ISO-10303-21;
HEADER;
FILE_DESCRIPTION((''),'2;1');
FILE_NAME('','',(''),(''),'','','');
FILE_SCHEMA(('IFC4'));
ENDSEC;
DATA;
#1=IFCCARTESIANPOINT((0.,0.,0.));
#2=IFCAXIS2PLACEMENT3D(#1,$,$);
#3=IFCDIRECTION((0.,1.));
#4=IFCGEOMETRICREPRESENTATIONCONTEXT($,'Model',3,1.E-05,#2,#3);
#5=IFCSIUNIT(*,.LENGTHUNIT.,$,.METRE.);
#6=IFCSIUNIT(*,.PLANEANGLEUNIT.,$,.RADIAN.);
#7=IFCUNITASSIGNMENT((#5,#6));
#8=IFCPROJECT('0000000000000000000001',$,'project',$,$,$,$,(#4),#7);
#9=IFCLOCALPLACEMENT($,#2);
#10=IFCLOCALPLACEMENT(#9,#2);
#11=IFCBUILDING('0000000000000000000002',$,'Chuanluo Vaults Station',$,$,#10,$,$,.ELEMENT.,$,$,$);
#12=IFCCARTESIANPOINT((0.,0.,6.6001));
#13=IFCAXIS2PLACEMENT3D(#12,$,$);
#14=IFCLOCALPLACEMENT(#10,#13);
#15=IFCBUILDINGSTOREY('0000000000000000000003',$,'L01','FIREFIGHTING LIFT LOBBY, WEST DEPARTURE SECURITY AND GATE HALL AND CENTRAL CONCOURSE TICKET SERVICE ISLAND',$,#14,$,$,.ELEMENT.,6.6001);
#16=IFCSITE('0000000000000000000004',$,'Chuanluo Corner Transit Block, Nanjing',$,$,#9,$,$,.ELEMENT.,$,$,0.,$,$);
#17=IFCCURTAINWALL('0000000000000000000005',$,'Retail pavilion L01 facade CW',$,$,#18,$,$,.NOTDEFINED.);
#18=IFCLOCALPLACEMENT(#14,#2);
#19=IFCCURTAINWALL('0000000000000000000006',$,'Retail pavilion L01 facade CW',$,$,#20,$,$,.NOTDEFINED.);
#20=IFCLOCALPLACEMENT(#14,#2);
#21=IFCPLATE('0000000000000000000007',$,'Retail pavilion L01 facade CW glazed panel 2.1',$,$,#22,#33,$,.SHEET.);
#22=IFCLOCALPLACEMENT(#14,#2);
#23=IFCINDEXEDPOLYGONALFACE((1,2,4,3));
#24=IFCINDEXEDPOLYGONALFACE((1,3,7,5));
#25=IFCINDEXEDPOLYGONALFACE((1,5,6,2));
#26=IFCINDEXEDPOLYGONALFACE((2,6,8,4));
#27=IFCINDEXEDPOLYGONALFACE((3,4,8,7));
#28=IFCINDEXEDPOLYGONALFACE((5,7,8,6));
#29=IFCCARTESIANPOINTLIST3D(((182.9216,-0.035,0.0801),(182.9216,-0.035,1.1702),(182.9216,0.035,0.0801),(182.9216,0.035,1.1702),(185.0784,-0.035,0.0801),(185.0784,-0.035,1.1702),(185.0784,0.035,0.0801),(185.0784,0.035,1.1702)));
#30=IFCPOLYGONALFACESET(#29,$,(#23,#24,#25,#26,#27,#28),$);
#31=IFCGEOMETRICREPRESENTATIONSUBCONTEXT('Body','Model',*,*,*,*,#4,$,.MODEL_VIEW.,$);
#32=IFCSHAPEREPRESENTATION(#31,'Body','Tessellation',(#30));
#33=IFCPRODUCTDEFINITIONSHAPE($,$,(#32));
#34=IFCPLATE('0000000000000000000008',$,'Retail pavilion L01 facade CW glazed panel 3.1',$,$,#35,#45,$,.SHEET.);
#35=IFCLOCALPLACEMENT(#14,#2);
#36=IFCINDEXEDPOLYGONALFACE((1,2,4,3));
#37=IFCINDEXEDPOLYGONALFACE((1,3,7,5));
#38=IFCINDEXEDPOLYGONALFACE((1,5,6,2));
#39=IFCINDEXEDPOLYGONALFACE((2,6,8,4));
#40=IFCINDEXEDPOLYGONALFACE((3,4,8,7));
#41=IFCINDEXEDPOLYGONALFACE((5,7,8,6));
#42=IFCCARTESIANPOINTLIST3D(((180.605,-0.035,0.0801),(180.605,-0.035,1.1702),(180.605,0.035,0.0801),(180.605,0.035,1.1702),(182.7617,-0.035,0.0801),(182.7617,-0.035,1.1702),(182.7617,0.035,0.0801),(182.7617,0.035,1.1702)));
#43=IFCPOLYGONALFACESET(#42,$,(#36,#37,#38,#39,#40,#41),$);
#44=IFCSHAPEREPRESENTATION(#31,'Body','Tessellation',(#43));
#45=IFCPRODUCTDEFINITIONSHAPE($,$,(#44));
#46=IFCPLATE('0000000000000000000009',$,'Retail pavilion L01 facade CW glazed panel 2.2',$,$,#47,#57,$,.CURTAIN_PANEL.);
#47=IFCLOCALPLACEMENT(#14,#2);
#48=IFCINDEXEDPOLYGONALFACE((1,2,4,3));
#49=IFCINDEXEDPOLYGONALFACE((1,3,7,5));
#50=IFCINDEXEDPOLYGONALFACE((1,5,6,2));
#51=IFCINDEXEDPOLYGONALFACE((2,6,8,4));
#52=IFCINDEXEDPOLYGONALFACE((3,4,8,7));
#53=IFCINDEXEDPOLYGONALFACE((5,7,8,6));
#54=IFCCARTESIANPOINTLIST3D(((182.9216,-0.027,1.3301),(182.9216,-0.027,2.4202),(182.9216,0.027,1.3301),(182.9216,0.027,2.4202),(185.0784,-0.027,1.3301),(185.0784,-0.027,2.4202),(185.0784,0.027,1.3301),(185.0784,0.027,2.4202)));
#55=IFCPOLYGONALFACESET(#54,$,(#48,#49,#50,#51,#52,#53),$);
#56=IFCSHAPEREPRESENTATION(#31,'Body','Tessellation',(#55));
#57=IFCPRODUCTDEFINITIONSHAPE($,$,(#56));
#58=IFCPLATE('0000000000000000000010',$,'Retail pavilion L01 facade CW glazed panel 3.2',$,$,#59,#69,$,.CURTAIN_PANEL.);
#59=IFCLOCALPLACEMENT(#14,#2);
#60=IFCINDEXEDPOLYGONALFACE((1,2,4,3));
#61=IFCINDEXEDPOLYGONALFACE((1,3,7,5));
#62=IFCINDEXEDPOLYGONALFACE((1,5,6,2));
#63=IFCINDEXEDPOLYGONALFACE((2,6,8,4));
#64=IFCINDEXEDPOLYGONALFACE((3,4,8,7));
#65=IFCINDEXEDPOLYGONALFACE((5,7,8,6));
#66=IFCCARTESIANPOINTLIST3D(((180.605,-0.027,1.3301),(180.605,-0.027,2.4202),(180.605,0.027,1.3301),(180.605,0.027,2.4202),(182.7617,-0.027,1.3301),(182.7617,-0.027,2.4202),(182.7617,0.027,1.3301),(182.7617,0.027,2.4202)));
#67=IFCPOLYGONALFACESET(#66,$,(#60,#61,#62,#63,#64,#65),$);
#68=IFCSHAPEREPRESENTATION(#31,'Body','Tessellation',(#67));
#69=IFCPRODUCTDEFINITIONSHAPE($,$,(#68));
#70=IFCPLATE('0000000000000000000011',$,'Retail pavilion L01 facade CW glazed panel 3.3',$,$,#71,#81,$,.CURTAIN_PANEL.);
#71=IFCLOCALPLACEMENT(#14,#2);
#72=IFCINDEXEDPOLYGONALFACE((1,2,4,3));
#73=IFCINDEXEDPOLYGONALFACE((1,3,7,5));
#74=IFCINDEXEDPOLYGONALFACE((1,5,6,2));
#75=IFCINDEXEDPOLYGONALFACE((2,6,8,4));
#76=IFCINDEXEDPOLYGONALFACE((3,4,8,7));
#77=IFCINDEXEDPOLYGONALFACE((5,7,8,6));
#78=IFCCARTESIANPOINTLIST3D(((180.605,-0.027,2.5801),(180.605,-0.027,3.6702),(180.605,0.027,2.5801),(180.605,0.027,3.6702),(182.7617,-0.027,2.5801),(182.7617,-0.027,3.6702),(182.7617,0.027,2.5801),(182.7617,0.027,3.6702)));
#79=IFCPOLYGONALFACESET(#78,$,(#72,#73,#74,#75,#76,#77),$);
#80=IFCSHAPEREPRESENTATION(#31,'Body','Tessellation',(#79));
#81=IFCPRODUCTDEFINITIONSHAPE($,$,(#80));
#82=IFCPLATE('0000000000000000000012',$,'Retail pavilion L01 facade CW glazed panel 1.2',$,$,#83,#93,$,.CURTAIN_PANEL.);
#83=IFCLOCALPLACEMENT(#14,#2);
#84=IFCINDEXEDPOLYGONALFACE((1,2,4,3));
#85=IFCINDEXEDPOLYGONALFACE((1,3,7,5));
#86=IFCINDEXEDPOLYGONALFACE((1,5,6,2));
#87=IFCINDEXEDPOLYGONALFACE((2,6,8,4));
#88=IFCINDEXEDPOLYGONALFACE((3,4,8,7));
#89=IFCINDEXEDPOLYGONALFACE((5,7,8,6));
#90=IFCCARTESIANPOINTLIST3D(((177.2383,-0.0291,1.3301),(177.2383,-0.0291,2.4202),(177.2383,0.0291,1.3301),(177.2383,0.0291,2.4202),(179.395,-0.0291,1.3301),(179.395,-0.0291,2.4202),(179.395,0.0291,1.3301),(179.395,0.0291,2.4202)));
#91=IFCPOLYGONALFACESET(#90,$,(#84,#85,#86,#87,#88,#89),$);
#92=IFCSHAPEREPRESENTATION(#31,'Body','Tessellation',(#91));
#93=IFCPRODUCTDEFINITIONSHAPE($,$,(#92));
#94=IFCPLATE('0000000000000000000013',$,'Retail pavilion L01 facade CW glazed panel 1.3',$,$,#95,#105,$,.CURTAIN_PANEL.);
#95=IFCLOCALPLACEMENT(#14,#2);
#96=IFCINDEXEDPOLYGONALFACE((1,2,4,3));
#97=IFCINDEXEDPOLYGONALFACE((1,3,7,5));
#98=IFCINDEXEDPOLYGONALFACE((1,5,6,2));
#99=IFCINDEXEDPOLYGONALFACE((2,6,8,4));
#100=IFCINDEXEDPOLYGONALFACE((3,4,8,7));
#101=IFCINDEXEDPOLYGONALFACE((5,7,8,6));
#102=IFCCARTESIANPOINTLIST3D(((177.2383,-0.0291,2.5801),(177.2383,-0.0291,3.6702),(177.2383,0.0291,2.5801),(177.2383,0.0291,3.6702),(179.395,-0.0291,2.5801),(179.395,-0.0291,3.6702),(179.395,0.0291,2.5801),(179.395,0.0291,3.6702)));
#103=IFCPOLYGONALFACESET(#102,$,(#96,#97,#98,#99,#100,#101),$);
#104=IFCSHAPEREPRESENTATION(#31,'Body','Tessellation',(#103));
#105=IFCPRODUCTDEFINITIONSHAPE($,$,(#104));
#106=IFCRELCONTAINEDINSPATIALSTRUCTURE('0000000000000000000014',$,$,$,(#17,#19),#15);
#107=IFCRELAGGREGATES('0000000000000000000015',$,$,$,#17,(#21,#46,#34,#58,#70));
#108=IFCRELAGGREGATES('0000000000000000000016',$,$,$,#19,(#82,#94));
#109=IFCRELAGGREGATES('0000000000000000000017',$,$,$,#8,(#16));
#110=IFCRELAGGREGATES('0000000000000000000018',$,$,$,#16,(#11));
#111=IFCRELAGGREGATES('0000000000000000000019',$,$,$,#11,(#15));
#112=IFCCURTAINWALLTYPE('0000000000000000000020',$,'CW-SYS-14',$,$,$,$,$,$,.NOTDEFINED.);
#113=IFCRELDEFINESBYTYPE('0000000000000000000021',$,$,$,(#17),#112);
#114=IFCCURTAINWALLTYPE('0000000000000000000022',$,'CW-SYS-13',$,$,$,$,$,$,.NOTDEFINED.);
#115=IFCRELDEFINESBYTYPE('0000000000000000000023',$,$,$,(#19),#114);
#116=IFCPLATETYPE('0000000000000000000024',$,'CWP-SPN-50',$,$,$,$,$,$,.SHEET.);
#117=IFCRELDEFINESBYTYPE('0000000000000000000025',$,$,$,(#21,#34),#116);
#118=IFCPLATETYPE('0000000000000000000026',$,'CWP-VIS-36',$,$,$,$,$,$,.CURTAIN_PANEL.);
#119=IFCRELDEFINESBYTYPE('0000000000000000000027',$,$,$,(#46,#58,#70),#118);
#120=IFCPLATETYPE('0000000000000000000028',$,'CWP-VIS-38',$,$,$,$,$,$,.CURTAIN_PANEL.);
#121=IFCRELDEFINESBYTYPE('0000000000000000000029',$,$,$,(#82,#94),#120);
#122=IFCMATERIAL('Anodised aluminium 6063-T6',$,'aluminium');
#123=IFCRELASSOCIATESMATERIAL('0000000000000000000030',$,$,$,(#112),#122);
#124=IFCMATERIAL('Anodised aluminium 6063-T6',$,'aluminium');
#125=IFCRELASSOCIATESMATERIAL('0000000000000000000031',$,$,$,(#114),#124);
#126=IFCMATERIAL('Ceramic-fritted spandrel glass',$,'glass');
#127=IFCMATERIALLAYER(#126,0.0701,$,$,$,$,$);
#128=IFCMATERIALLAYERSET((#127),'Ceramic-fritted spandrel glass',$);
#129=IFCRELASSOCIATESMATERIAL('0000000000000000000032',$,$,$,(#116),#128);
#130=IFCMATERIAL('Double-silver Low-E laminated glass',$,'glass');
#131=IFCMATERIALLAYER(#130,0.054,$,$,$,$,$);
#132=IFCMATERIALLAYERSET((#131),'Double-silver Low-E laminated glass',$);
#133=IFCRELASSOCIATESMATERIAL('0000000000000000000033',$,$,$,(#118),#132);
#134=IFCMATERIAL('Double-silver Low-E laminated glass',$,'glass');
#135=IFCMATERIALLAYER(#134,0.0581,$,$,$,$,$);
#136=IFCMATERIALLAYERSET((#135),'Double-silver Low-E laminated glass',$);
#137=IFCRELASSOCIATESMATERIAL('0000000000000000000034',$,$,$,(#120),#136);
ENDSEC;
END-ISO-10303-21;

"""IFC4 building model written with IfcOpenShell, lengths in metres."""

from ifc_helpers import new_model, si_unit, direction, frame, origin, origin_2d, place, context, subcontext, project, spatial, rectangle, extrude, material, layer, layer_set, type_object, element, aggregate, save


model = new_model("IFC4")

# Units and contexts
model_context = context("Model", 3, precision=1e-05, world=origin(), true_north=direction((0.0, 1.0)))
body_context = subcontext(model_context, "Body", "Model", "MODEL_VIEW")
ifc_project = project(units=[si_unit("LENGTHUNIT", "METRE"), si_unit("PLANEANGLEUNIT", "RADIAN")], contexts=[model_context])

# Site, building, storey
site_placement = place(None, origin())
site = spatial("IfcSite", under=ifc_project, at=site_placement, Name="Chuanluo Corner Transit Block, Nanjing", CompositionType="ELEMENT", RefElevation=0.0)
building_placement = place(site_placement, origin())
building = spatial("IfcBuilding", under=site, at=building_placement, Name="Chuanluo Vaults Station", CompositionType="ELEMENT")
storey_placement = place(building_placement, frame((0.0, 0.0, 6.6001)))
storey = spatial("IfcBuildingStorey", under=building, at=storey_placement, Name="L01", Description="FIREFIGHTING LIFT LOBBY, WEST DEPARTURE SECURITY AND GATE HALL AND CENTRAL CONCOURSE TICKET SERVICE ISLAND", CompositionType="ELEMENT", Elevation=6.6001)

# Curtain wall
ifc_material_1 = material(Name="Anodised aluminium 6063-T6", Category="aluminium")
curtain_wall_type_1 = type_object("IfcCurtainWallType", Name="CW-SYS-14", PredefinedType="NOTDEFINED", material=ifc_material_1)
curtain_wall_1_placement = place(storey_placement, origin())
curtain_wall_1 = element("IfcCurtainWall", 1, at=curtain_wall_1_placement, inside=storey, type_object=curtain_wall_type_1, Name="Retail pavilion L01 facade CW", PredefinedType="NOTDEFINED")

# Curtain wall
ifc_material_2 = material(Name="Anodised aluminium 6063-T6", Category="aluminium")
curtain_wall_type_2 = type_object("IfcCurtainWallType", Name="CW-SYS-13", PredefinedType="NOTDEFINED", material=ifc_material_2)
curtain_wall_2_placement = place(storey_placement, origin())
curtain_wall_2 = element("IfcCurtainWall", 2, at=curtain_wall_2_placement, inside=storey, type_object=curtain_wall_type_2, Name="Retail pavilion L01 facade CW", PredefinedType="NOTDEFINED")

# Plates
ifc_material_3 = material(Name="Ceramic-fritted spandrel glass", Category="glass")
ifc_layer_1 = layer(ifc_material_3, 0.0701)
ifc_layer_set_1 = layer_set([ifc_layer_1], Name="Ceramic-fritted spandrel glass")
plate_type_1 = type_object("IfcPlateType", Name="CWP-SPN-50", PredefinedType="SHEET", material=ifc_layer_set_1)
plate_1_placement = place(storey_placement, frame((184.0, 0.0, 0.0801), z_axis=(0.0, 0.0, 1.0), x_axis=(-1.0, 0.0, 0.0)))
plate_1 = element("IfcPlate", 3, at=plate_1_placement, type_object=plate_type_1, Name="Retail pavilion L01 facade CW glazed panel 2.1", PredefinedType="SHEET", context=body_context, shape_type="SweptSolid", body=[
    extrude(rectangle(XDim=2.1567, YDim=0.0701, at=origin_2d()), origin(), (0.0, 0.0, 1.0), 1.0901),
])
plate_2_placement = place(storey_placement, frame((181.6833, 0.0, 0.0801), z_axis=(0.0, 0.0, 1.0), x_axis=(-1.0, 0.0, 0.0)))
plate_2 = element("IfcPlate", 4, at=plate_2_placement, type_object=plate_type_1, Name="Retail pavilion L01 facade CW glazed panel 3.1", PredefinedType="SHEET", context=body_context, shape_type="SweptSolid", body=[
    extrude(rectangle(XDim=2.1567, YDim=0.0701, at=origin_2d()), origin(), (0.0, 0.0, 1.0), 1.0901),
])
ifc_material_4 = material(Name="Double-silver Low-E laminated glass", Category="glass")
ifc_layer_2 = layer(ifc_material_4, 0.054)
ifc_layer_set_2 = layer_set([ifc_layer_2], Name="Double-silver Low-E laminated glass")
plate_type_2 = type_object("IfcPlateType", Name="CWP-VIS-36", PredefinedType="CURTAIN_PANEL", material=ifc_layer_set_2)
plate_3_placement = place(storey_placement, frame((184.0, 0.0, 1.3301), z_axis=(0.0, 0.0, 1.0), x_axis=(-1.0, 0.0, 0.0)))
plate_3 = element("IfcPlate", 5, at=plate_3_placement, type_object=plate_type_2, Name="Retail pavilion L01 facade CW glazed panel 2.2", PredefinedType="CURTAIN_PANEL", context=body_context, shape_type="SweptSolid", body=[
    extrude(rectangle(XDim=2.1567, YDim=0.054, at=origin_2d()), origin(), (0.0, 0.0, 1.0), 1.0901),
])
plate_4_placement = place(storey_placement, frame((181.6833, 0.0, 1.3301), z_axis=(0.0, 0.0, 1.0), x_axis=(-1.0, 0.0, 0.0)))
plate_4 = element("IfcPlate", 6, at=plate_4_placement, type_object=plate_type_2, Name="Retail pavilion L01 facade CW glazed panel 3.2", PredefinedType="CURTAIN_PANEL", context=body_context, shape_type="SweptSolid", body=[
    extrude(rectangle(XDim=2.1567, YDim=0.054, at=origin_2d()), origin(), (0.0, 0.0, 1.0), 1.0901),
])
plate_5_placement = place(storey_placement, frame((181.6833, 0.0, 2.5801), z_axis=(0.0, 0.0, 1.0), x_axis=(-1.0, 0.0, 0.0)))
plate_5 = element("IfcPlate", 7, at=plate_5_placement, type_object=plate_type_2, Name="Retail pavilion L01 facade CW glazed panel 3.3", PredefinedType="CURTAIN_PANEL", context=body_context, shape_type="SweptSolid", body=[
    extrude(rectangle(XDim=2.1567, YDim=0.054, at=origin_2d()), origin(), (0.0, 0.0, 1.0), 1.0901),
])
aggregate(curtain_wall_1, [plate_1, plate_3, plate_2, plate_4, plate_5])
ifc_material_5 = material(Name="Double-silver Low-E laminated glass", Category="glass")
ifc_layer_3 = layer(ifc_material_5, 0.0581)
ifc_layer_set_3 = layer_set([ifc_layer_3], Name="Double-silver Low-E laminated glass")
plate_type_3 = type_object("IfcPlateType", Name="CWP-VIS-38", PredefinedType="CURTAIN_PANEL", material=ifc_layer_set_3)
plate_6_placement = place(storey_placement, frame((178.3167, 0.0, 1.3301), z_axis=(0.0, 0.0, 1.0), x_axis=(-1.0, 0.0, 0.0)))
plate_6 = element("IfcPlate", 8, at=plate_6_placement, type_object=plate_type_3, Name="Retail pavilion L01 facade CW glazed panel 1.2", PredefinedType="CURTAIN_PANEL", context=body_context, shape_type="SweptSolid", body=[
    extrude(rectangle(XDim=2.1567, YDim=0.0581, at=origin_2d()), origin(), (0.0, 0.0, 1.0), 1.0901),
])
plate_7_placement = place(storey_placement, frame((178.3167, 0.0, 2.5801), z_axis=(0.0, 0.0, 1.0), x_axis=(-1.0, 0.0, 0.0)))
plate_7 = element("IfcPlate", 9, at=plate_7_placement, type_object=plate_type_3, Name="Retail pavilion L01 facade CW glazed panel 1.3", PredefinedType="CURTAIN_PANEL", context=body_context, shape_type="SweptSolid", body=[
    extrude(rectangle(XDim=2.1567, YDim=0.0581, at=origin_2d()), origin(), (0.0, 0.0, 1.0), 1.0901),
])
aggregate(curtain_wall_2, [plate_6, plate_7])

save(model, "model.ifc")
